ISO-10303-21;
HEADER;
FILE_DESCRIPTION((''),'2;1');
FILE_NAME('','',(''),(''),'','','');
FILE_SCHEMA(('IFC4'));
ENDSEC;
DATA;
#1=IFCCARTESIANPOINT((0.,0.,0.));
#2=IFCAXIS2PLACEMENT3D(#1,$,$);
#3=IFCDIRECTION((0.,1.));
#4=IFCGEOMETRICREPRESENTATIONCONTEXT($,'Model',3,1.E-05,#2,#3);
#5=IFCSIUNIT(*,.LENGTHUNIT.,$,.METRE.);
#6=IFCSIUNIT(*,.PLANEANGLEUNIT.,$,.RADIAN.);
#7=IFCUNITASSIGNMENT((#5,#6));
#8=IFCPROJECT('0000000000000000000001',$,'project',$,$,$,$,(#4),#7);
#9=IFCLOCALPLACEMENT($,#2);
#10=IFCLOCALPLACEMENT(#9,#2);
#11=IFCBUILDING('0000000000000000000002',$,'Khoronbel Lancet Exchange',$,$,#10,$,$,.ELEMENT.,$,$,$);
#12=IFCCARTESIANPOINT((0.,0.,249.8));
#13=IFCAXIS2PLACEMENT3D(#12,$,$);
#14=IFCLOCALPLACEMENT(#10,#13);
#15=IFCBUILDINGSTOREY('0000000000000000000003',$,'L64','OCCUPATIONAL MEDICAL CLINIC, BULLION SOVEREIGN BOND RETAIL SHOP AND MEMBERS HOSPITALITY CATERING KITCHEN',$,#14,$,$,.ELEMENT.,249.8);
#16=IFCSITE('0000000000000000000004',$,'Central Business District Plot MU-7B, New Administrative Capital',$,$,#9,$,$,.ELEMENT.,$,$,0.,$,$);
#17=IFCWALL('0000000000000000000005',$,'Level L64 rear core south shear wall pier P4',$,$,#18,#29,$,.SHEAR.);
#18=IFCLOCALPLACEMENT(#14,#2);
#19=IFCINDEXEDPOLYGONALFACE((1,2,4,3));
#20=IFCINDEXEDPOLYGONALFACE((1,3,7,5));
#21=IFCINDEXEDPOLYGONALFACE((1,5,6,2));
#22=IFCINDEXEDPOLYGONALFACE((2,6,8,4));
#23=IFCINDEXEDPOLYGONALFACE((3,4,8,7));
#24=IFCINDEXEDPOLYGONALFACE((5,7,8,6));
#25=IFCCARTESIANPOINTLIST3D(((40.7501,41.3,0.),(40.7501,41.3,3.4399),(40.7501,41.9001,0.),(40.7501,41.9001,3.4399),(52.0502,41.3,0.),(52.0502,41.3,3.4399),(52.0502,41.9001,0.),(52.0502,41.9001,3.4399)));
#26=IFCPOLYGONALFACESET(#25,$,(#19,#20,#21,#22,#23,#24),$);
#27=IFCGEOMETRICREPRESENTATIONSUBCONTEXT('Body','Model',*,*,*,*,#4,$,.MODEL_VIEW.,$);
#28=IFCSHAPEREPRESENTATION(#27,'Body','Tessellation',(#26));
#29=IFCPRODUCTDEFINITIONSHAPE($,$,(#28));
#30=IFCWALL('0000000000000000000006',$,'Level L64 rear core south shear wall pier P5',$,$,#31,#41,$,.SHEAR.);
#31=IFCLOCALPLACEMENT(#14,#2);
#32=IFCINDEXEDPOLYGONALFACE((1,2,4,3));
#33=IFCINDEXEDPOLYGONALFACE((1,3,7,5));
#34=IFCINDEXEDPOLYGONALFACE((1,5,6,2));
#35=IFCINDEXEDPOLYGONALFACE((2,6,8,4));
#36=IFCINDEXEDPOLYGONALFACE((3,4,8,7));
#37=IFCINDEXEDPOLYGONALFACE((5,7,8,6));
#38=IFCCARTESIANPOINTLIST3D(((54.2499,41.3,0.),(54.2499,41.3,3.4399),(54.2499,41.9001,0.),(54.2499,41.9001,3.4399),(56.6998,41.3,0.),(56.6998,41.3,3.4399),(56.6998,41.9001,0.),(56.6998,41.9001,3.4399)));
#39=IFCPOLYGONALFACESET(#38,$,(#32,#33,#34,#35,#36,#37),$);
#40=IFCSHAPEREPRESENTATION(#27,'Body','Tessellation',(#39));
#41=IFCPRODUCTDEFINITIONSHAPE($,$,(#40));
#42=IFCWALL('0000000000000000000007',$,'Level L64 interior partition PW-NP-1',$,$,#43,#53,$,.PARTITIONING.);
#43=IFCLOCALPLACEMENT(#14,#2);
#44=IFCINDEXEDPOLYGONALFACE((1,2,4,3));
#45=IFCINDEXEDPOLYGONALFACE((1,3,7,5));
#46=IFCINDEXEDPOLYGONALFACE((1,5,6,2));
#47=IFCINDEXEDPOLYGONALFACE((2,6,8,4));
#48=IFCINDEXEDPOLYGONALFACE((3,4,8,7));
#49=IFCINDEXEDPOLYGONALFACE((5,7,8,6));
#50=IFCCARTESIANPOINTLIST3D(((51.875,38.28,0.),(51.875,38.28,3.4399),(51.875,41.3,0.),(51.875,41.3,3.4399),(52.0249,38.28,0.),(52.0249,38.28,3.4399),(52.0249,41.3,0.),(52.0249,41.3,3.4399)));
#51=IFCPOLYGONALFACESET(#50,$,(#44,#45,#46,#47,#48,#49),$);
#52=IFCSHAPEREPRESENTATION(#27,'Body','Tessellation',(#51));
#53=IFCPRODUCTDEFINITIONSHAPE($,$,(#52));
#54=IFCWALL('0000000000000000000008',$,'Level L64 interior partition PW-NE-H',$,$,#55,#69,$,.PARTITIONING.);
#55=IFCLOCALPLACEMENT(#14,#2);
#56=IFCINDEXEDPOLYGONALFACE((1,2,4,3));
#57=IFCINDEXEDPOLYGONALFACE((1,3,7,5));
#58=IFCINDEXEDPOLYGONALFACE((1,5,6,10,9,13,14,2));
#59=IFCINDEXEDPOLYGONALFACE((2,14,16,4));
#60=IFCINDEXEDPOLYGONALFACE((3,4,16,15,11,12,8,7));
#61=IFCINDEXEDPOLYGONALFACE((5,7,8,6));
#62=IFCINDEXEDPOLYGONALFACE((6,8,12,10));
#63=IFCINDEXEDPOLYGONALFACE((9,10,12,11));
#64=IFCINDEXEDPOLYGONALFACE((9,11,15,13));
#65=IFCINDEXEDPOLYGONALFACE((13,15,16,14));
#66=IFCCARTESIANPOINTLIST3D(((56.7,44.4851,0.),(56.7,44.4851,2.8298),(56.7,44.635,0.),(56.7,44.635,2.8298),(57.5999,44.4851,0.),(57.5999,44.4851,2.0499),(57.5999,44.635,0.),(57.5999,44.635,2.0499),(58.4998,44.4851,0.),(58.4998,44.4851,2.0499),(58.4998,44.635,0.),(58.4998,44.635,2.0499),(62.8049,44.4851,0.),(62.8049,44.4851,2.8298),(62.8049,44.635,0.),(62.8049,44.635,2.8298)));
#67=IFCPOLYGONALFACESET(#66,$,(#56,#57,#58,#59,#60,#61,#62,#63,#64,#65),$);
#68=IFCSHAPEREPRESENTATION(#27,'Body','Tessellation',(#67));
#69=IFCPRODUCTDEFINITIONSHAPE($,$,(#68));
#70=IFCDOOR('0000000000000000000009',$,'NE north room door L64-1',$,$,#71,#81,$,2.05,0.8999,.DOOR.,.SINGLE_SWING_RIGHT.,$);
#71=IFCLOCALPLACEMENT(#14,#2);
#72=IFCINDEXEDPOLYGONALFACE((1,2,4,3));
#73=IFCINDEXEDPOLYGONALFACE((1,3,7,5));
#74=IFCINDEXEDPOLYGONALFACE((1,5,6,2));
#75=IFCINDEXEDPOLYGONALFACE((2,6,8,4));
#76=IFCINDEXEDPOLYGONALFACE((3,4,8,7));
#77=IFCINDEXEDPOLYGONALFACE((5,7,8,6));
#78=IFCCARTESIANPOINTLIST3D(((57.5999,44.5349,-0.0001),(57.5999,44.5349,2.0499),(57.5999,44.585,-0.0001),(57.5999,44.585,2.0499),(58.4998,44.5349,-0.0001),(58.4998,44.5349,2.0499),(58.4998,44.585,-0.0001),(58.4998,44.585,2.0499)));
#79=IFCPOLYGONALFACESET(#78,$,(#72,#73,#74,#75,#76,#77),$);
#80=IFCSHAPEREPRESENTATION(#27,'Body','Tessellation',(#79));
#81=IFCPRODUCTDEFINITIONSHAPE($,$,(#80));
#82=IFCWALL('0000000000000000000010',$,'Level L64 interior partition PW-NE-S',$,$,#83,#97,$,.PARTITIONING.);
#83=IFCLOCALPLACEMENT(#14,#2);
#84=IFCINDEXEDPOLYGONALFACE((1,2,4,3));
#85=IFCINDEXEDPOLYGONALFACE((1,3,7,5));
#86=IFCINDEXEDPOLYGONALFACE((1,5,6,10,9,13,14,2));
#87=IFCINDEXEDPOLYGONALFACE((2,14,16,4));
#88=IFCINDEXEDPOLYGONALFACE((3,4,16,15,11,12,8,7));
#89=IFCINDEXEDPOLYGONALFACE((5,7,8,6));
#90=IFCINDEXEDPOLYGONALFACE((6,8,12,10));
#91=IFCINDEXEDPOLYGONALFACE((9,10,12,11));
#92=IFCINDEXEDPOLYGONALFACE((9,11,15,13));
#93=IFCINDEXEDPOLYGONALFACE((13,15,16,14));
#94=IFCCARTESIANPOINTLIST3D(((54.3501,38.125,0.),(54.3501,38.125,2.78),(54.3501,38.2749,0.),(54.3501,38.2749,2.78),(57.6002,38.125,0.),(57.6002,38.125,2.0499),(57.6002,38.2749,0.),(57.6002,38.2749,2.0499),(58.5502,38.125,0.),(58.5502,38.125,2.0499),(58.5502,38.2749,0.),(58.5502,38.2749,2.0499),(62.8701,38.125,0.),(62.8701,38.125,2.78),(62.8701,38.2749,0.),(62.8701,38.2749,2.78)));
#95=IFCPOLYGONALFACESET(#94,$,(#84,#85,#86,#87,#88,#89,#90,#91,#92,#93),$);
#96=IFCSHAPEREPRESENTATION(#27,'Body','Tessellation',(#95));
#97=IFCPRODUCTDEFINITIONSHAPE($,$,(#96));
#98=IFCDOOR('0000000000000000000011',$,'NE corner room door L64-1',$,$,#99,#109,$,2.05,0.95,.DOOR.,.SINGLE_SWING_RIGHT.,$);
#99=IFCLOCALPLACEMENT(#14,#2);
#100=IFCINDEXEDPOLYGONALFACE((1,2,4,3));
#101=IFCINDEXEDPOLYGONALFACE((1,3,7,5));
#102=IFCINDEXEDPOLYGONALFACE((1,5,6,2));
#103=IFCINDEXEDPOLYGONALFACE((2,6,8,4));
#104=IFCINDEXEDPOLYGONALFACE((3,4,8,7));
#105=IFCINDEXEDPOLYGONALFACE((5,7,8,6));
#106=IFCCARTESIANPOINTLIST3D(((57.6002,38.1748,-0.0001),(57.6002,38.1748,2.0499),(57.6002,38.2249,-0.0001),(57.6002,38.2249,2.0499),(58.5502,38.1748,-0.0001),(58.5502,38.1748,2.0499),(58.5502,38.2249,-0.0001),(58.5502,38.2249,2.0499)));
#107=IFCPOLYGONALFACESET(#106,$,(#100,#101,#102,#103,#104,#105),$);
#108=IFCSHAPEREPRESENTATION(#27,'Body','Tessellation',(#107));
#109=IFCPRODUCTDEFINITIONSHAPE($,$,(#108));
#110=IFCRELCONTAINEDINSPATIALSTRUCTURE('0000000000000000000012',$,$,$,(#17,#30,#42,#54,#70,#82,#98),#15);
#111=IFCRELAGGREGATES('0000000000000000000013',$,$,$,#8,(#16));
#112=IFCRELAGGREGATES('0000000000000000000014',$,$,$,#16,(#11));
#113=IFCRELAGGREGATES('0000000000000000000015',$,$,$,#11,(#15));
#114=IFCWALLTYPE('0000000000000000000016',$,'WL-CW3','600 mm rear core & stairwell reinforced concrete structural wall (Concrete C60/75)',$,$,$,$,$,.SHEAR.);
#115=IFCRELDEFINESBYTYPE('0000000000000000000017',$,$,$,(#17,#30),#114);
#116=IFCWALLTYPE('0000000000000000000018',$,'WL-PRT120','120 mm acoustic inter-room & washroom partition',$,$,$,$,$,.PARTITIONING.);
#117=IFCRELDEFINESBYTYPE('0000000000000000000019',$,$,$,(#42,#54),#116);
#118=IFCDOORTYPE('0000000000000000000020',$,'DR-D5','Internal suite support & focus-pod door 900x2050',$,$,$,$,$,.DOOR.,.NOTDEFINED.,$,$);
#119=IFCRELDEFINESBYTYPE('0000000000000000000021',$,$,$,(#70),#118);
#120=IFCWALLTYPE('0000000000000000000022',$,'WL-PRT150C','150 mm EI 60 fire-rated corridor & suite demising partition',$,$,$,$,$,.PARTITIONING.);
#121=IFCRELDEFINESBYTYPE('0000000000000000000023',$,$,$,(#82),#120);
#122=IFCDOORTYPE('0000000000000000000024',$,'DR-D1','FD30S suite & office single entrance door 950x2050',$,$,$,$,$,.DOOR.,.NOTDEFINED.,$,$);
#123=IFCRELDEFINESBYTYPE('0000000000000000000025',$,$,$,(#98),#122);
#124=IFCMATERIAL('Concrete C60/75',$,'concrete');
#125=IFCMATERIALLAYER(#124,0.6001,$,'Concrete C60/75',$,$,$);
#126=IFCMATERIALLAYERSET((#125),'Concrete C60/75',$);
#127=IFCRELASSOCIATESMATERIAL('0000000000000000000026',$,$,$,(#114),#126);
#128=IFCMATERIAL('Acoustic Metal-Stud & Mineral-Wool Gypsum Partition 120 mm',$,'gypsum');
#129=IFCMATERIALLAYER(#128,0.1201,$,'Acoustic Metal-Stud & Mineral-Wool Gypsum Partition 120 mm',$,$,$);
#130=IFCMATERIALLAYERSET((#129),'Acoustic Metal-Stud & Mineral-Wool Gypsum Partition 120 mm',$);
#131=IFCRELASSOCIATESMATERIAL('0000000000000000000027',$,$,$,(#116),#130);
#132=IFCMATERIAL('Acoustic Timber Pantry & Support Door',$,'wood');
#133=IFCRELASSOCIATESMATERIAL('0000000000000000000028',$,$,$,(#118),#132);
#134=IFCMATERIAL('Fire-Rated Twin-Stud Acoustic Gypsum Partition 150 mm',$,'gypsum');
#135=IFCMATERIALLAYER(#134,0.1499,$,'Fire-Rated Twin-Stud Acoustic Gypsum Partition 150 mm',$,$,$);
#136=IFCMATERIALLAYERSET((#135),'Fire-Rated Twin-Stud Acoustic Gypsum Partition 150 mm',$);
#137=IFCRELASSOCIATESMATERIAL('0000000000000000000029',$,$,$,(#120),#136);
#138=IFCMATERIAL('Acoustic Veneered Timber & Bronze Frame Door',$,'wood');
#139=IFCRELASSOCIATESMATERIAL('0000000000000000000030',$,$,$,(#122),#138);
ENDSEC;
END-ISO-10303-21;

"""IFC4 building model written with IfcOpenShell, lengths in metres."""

from ifc_helpers import new_model, si_unit, direction, frame, frame_2d, origin, place, context, subcontext, project, spatial, rectangle, extrude, material, layer, layer_set, type_object, element, fill, save


model = new_model("IFC4")

# Units and contexts
model_context = context("Model", 3, precision=1e-05, world=origin(), true_north=direction((0.0, 1.0)))
body_context = subcontext(model_context, "Body", "Model", "MODEL_VIEW")
ifc_project = project(units=[si_unit("LENGTHUNIT", "METRE"), si_unit("PLANEANGLEUNIT", "RADIAN")], contexts=[model_context])

# Site, building, storey
site_placement = place(None, origin())
site = spatial("IfcSite", under=ifc_project, at=site_placement, Name="Central Business District Plot MU-7B, New Administrative Capital", CompositionType="ELEMENT", RefElevation=0.0)
building_placement = place(site_placement, origin())
building = spatial("IfcBuilding", under=site, at=building_placement, Name="Khoronbel Lancet Exchange", CompositionType="ELEMENT")
storey_placement = place(building_placement, frame((0.0, 0.0, 249.8)))
storey = spatial("IfcBuildingStorey", under=building, at=storey_placement, Name="L64", Description="OCCUPATIONAL MEDICAL CLINIC, BULLION SOVEREIGN BOND RETAIL SHOP AND MEMBERS HOSPITALITY CATERING KITCHEN", CompositionType="ELEMENT", Elevation=249.8)

# Shared definitions
ifc_material_1 = material(Name="Concrete C60/75", Category="concrete")

# Walls
ifc_layer_1 = layer(ifc_material_1, 0.6001, Name="Concrete C60/75")
ifc_layer_set_1 = layer_set([ifc_layer_1], Name="Concrete C60/75")
wall_type_1 = type_object("IfcWallType", Name="WL-CW3", Description="600 mm rear core & stairwell reinforced concrete structural wall (Concrete C60/75)", PredefinedType="SHEAR", material=ifc_layer_set_1)
wall_1_placement = place(storey_placement, frame((52.05, 41.6001, 0.0), z_axis=(0.0, 0.0, 1.0), x_axis=(-1.0, 0.0, 0.0)))
element("IfcWall", 1, at=wall_1_placement, inside=storey, type_object=wall_type_1, Name="Level L64 rear core south shear wall pier P4", PredefinedType="SHEAR", context=body_context, shape_type="SweptSolid", body=[
    extrude(rectangle(XDim=11.3, YDim=0.6001, at=frame_2d((5.6499, 0.0))), origin(), (0.0, 0.0, 1.0), 3.4399),
])
wall_2_placement = place(storey_placement, frame((56.7, 41.6001, 0.0), z_axis=(0.0, 0.0, 1.0), x_axis=(-1.0, 0.0, 0.0)))
element("IfcWall", 2, at=wall_2_placement, inside=storey, type_object=wall_type_1, Name="Level L64 rear core south shear wall pier P5", PredefinedType="SHEAR", context=body_context, shape_type="SweptSolid", body=[
    extrude(rectangle(XDim=2.45, YDim=0.6001, at=frame_2d((1.2251, 0.0))), origin(), (0.0, 0.0, 1.0), 3.4399),
])
ifc_material_2 = material(Name="Acoustic Metal-Stud & Mineral-Wool Gypsum Partition 120 mm", Category="gypsum")
ifc_layer_2 = layer(ifc_material_2, 0.1201, Name="Acoustic Metal-Stud & Mineral-Wool Gypsum Partition 120 mm")
ifc_layer_set_2 = layer_set([ifc_layer_2], Name="Acoustic Metal-Stud & Mineral-Wool Gypsum Partition 120 mm")
wall_type_2 = type_object("IfcWallType", Name="WL-PRT120", Description="120 mm acoustic inter-room & washroom partition", PredefinedType="PARTITIONING", material=ifc_layer_set_2)
wall_3_placement = place(storey_placement, frame((51.95, 38.28, 0.0), z_axis=(0.0, 0.0, 1.0), x_axis=(0.0, 1.0, 0.0)))
element("IfcWall", 3, at=wall_3_placement, inside=storey, type_object=wall_type_2, Name="Level L64 interior partition PW-NP-1", PredefinedType="PARTITIONING", context=body_context, shape_type="SweptSolid", body=[
    extrude(rectangle(XDim=3.02, YDim=0.1499, at=frame_2d((1.51, 0.0))), origin(), (0.0, 0.0, 1.0), 3.4399),
])

# Walls, openings, doors
wall_4_placement = place(storey_placement, frame((56.7, 44.5601, 0.0), z_axis=(0.0, 0.0, 1.0), x_axis=(1.0, 0.0, 0.0)))
wall_4 = element("IfcWall", 4, at=wall_4_placement, inside=storey, type_object=wall_type_2, Name="Level L64 interior partition PW-NE-H", PredefinedType="PARTITIONING", context=body_context, shape_type="SweptSolid", body=[
    extrude(rectangle(XDim=6.105, YDim=0.1499, at=frame_2d((3.0525, 0.0))), origin(), (0.0, 0.0, 1.0), 2.8298),
])
opening_1_placement = place(wall_4_placement, frame((0.8999, 0.0, 0.0)))
opening_1 = element("IfcOpeningElement", 5, at=opening_1_placement, cuts=wall_4, PredefinedType="OPENING", context=body_context, shape_type="SweptSolid", body=[
    extrude(rectangle(XDim=0.8999, YDim=2.05, at=frame_2d((0.45, 1.0249))), frame((0.0, 0.085, 0.0), z_axis=(0.0, -1.0, 0.0), x_axis=(1.0, 0.0, 0.0)), (0.0, 0.0, 1.0), 0.1699),
])
ifc_material_3 = material(Name="Acoustic Timber Pantry & Support Door", Category="wood")
door_type_1 = type_object("IfcDoorType", Name="DR-D5", Description="Internal suite support & focus-pod door 900x2050", OperationType="NOTDEFINED", PredefinedType="DOOR", material=ifc_material_3)
door_1_placement = place(opening_1_placement, origin())
door_1 = element("IfcDoor", 6, at=door_1_placement, inside=storey, type_object=door_type_1, Name="NE north room door L64-1", OperationType="SINGLE_SWING_RIGHT", OverallHeight=2.05, OverallWidth=0.8999, PredefinedType="DOOR", context=body_context, shape_type="SweptSolid", body=[
    extrude(rectangle(XDim=0.8999, YDim=2.05, at=frame_2d((0.45, 1.0249))), frame((0.0, 0.0249, 0.0), z_axis=(0.0, -1.0, 0.0), x_axis=(1.0, 0.0, 0.0)), (0.0, 0.0, 1.0), 0.05),
])
fill(opening_1, door_1)
ifc_material_4 = material(Name="Fire-Rated Twin-Stud Acoustic Gypsum Partition 150 mm", Category="gypsum")
ifc_layer_3 = layer(ifc_material_4, 0.1499, Name="Fire-Rated Twin-Stud Acoustic Gypsum Partition 150 mm")
ifc_layer_set_3 = layer_set([ifc_layer_3], Name="Fire-Rated Twin-Stud Acoustic Gypsum Partition 150 mm")
wall_type_3 = type_object("IfcWallType", Name="WL-PRT150C", Description="150 mm EI 60 fire-rated corridor & suite demising partition", PredefinedType="PARTITIONING", material=ifc_layer_set_3)
wall_5_placement = place(storey_placement, frame((54.3501, 38.2, 0.0), z_axis=(0.0, 0.0, 1.0), x_axis=(1.0, 0.0, 0.0)))
wall_5 = element("IfcWall", 7, at=wall_5_placement, inside=storey, type_object=wall_type_3, Name="Level L64 interior partition PW-NE-S", PredefinedType="PARTITIONING", context=body_context, shape_type="SweptSolid", body=[
    extrude(rectangle(XDim=8.52, YDim=0.1499, at=frame_2d((4.26, 0.0))), origin(), (0.0, 0.0, 1.0), 2.78),
])
opening_2_placement = place(wall_5_placement, frame((3.25, 0.0, 0.0)))
opening_2 = element("IfcOpeningElement", 8, at=opening_2_placement, cuts=wall_5, PredefinedType="OPENING", context=body_context, shape_type="SweptSolid", body=[
    extrude(rectangle(XDim=0.95, YDim=2.05, at=frame_2d((0.4751, 1.0249))), frame((0.0, 0.085, 0.0), z_axis=(0.0, -1.0, 0.0), x_axis=(1.0, 0.0, 0.0)), (0.0, 0.0, 1.0), 0.1699),
])
ifc_material_5 = material(Name="Acoustic Veneered Timber & Bronze Frame Door", Category="wood")
door_type_2 = type_object("IfcDoorType", Name="DR-D1", Description="FD30S suite & office single entrance door 950x2050", OperationType="NOTDEFINED", PredefinedType="DOOR", material=ifc_material_5)
door_2_placement = place(opening_2_placement, origin())
door_2 = element("IfcDoor", 9, at=door_2_placement, inside=storey, type_object=door_type_2, Name="NE corner room door L64-1", OperationType="SINGLE_SWING_RIGHT", OverallHeight=2.05, OverallWidth=0.95, PredefinedType="DOOR", context=body_context, shape_type="SweptSolid", body=[
    extrude(rectangle(XDim=0.95, YDim=2.05, at=frame_2d((0.4751, 1.0249))), frame((0.0, 0.0249, 0.0), z_axis=(0.0, -1.0, 0.0), x_axis=(1.0, 0.0, 0.0)), (0.0, 0.0, 1.0), 0.05),
])
fill(opening_2, door_2)

save(model, "model.ifc")
